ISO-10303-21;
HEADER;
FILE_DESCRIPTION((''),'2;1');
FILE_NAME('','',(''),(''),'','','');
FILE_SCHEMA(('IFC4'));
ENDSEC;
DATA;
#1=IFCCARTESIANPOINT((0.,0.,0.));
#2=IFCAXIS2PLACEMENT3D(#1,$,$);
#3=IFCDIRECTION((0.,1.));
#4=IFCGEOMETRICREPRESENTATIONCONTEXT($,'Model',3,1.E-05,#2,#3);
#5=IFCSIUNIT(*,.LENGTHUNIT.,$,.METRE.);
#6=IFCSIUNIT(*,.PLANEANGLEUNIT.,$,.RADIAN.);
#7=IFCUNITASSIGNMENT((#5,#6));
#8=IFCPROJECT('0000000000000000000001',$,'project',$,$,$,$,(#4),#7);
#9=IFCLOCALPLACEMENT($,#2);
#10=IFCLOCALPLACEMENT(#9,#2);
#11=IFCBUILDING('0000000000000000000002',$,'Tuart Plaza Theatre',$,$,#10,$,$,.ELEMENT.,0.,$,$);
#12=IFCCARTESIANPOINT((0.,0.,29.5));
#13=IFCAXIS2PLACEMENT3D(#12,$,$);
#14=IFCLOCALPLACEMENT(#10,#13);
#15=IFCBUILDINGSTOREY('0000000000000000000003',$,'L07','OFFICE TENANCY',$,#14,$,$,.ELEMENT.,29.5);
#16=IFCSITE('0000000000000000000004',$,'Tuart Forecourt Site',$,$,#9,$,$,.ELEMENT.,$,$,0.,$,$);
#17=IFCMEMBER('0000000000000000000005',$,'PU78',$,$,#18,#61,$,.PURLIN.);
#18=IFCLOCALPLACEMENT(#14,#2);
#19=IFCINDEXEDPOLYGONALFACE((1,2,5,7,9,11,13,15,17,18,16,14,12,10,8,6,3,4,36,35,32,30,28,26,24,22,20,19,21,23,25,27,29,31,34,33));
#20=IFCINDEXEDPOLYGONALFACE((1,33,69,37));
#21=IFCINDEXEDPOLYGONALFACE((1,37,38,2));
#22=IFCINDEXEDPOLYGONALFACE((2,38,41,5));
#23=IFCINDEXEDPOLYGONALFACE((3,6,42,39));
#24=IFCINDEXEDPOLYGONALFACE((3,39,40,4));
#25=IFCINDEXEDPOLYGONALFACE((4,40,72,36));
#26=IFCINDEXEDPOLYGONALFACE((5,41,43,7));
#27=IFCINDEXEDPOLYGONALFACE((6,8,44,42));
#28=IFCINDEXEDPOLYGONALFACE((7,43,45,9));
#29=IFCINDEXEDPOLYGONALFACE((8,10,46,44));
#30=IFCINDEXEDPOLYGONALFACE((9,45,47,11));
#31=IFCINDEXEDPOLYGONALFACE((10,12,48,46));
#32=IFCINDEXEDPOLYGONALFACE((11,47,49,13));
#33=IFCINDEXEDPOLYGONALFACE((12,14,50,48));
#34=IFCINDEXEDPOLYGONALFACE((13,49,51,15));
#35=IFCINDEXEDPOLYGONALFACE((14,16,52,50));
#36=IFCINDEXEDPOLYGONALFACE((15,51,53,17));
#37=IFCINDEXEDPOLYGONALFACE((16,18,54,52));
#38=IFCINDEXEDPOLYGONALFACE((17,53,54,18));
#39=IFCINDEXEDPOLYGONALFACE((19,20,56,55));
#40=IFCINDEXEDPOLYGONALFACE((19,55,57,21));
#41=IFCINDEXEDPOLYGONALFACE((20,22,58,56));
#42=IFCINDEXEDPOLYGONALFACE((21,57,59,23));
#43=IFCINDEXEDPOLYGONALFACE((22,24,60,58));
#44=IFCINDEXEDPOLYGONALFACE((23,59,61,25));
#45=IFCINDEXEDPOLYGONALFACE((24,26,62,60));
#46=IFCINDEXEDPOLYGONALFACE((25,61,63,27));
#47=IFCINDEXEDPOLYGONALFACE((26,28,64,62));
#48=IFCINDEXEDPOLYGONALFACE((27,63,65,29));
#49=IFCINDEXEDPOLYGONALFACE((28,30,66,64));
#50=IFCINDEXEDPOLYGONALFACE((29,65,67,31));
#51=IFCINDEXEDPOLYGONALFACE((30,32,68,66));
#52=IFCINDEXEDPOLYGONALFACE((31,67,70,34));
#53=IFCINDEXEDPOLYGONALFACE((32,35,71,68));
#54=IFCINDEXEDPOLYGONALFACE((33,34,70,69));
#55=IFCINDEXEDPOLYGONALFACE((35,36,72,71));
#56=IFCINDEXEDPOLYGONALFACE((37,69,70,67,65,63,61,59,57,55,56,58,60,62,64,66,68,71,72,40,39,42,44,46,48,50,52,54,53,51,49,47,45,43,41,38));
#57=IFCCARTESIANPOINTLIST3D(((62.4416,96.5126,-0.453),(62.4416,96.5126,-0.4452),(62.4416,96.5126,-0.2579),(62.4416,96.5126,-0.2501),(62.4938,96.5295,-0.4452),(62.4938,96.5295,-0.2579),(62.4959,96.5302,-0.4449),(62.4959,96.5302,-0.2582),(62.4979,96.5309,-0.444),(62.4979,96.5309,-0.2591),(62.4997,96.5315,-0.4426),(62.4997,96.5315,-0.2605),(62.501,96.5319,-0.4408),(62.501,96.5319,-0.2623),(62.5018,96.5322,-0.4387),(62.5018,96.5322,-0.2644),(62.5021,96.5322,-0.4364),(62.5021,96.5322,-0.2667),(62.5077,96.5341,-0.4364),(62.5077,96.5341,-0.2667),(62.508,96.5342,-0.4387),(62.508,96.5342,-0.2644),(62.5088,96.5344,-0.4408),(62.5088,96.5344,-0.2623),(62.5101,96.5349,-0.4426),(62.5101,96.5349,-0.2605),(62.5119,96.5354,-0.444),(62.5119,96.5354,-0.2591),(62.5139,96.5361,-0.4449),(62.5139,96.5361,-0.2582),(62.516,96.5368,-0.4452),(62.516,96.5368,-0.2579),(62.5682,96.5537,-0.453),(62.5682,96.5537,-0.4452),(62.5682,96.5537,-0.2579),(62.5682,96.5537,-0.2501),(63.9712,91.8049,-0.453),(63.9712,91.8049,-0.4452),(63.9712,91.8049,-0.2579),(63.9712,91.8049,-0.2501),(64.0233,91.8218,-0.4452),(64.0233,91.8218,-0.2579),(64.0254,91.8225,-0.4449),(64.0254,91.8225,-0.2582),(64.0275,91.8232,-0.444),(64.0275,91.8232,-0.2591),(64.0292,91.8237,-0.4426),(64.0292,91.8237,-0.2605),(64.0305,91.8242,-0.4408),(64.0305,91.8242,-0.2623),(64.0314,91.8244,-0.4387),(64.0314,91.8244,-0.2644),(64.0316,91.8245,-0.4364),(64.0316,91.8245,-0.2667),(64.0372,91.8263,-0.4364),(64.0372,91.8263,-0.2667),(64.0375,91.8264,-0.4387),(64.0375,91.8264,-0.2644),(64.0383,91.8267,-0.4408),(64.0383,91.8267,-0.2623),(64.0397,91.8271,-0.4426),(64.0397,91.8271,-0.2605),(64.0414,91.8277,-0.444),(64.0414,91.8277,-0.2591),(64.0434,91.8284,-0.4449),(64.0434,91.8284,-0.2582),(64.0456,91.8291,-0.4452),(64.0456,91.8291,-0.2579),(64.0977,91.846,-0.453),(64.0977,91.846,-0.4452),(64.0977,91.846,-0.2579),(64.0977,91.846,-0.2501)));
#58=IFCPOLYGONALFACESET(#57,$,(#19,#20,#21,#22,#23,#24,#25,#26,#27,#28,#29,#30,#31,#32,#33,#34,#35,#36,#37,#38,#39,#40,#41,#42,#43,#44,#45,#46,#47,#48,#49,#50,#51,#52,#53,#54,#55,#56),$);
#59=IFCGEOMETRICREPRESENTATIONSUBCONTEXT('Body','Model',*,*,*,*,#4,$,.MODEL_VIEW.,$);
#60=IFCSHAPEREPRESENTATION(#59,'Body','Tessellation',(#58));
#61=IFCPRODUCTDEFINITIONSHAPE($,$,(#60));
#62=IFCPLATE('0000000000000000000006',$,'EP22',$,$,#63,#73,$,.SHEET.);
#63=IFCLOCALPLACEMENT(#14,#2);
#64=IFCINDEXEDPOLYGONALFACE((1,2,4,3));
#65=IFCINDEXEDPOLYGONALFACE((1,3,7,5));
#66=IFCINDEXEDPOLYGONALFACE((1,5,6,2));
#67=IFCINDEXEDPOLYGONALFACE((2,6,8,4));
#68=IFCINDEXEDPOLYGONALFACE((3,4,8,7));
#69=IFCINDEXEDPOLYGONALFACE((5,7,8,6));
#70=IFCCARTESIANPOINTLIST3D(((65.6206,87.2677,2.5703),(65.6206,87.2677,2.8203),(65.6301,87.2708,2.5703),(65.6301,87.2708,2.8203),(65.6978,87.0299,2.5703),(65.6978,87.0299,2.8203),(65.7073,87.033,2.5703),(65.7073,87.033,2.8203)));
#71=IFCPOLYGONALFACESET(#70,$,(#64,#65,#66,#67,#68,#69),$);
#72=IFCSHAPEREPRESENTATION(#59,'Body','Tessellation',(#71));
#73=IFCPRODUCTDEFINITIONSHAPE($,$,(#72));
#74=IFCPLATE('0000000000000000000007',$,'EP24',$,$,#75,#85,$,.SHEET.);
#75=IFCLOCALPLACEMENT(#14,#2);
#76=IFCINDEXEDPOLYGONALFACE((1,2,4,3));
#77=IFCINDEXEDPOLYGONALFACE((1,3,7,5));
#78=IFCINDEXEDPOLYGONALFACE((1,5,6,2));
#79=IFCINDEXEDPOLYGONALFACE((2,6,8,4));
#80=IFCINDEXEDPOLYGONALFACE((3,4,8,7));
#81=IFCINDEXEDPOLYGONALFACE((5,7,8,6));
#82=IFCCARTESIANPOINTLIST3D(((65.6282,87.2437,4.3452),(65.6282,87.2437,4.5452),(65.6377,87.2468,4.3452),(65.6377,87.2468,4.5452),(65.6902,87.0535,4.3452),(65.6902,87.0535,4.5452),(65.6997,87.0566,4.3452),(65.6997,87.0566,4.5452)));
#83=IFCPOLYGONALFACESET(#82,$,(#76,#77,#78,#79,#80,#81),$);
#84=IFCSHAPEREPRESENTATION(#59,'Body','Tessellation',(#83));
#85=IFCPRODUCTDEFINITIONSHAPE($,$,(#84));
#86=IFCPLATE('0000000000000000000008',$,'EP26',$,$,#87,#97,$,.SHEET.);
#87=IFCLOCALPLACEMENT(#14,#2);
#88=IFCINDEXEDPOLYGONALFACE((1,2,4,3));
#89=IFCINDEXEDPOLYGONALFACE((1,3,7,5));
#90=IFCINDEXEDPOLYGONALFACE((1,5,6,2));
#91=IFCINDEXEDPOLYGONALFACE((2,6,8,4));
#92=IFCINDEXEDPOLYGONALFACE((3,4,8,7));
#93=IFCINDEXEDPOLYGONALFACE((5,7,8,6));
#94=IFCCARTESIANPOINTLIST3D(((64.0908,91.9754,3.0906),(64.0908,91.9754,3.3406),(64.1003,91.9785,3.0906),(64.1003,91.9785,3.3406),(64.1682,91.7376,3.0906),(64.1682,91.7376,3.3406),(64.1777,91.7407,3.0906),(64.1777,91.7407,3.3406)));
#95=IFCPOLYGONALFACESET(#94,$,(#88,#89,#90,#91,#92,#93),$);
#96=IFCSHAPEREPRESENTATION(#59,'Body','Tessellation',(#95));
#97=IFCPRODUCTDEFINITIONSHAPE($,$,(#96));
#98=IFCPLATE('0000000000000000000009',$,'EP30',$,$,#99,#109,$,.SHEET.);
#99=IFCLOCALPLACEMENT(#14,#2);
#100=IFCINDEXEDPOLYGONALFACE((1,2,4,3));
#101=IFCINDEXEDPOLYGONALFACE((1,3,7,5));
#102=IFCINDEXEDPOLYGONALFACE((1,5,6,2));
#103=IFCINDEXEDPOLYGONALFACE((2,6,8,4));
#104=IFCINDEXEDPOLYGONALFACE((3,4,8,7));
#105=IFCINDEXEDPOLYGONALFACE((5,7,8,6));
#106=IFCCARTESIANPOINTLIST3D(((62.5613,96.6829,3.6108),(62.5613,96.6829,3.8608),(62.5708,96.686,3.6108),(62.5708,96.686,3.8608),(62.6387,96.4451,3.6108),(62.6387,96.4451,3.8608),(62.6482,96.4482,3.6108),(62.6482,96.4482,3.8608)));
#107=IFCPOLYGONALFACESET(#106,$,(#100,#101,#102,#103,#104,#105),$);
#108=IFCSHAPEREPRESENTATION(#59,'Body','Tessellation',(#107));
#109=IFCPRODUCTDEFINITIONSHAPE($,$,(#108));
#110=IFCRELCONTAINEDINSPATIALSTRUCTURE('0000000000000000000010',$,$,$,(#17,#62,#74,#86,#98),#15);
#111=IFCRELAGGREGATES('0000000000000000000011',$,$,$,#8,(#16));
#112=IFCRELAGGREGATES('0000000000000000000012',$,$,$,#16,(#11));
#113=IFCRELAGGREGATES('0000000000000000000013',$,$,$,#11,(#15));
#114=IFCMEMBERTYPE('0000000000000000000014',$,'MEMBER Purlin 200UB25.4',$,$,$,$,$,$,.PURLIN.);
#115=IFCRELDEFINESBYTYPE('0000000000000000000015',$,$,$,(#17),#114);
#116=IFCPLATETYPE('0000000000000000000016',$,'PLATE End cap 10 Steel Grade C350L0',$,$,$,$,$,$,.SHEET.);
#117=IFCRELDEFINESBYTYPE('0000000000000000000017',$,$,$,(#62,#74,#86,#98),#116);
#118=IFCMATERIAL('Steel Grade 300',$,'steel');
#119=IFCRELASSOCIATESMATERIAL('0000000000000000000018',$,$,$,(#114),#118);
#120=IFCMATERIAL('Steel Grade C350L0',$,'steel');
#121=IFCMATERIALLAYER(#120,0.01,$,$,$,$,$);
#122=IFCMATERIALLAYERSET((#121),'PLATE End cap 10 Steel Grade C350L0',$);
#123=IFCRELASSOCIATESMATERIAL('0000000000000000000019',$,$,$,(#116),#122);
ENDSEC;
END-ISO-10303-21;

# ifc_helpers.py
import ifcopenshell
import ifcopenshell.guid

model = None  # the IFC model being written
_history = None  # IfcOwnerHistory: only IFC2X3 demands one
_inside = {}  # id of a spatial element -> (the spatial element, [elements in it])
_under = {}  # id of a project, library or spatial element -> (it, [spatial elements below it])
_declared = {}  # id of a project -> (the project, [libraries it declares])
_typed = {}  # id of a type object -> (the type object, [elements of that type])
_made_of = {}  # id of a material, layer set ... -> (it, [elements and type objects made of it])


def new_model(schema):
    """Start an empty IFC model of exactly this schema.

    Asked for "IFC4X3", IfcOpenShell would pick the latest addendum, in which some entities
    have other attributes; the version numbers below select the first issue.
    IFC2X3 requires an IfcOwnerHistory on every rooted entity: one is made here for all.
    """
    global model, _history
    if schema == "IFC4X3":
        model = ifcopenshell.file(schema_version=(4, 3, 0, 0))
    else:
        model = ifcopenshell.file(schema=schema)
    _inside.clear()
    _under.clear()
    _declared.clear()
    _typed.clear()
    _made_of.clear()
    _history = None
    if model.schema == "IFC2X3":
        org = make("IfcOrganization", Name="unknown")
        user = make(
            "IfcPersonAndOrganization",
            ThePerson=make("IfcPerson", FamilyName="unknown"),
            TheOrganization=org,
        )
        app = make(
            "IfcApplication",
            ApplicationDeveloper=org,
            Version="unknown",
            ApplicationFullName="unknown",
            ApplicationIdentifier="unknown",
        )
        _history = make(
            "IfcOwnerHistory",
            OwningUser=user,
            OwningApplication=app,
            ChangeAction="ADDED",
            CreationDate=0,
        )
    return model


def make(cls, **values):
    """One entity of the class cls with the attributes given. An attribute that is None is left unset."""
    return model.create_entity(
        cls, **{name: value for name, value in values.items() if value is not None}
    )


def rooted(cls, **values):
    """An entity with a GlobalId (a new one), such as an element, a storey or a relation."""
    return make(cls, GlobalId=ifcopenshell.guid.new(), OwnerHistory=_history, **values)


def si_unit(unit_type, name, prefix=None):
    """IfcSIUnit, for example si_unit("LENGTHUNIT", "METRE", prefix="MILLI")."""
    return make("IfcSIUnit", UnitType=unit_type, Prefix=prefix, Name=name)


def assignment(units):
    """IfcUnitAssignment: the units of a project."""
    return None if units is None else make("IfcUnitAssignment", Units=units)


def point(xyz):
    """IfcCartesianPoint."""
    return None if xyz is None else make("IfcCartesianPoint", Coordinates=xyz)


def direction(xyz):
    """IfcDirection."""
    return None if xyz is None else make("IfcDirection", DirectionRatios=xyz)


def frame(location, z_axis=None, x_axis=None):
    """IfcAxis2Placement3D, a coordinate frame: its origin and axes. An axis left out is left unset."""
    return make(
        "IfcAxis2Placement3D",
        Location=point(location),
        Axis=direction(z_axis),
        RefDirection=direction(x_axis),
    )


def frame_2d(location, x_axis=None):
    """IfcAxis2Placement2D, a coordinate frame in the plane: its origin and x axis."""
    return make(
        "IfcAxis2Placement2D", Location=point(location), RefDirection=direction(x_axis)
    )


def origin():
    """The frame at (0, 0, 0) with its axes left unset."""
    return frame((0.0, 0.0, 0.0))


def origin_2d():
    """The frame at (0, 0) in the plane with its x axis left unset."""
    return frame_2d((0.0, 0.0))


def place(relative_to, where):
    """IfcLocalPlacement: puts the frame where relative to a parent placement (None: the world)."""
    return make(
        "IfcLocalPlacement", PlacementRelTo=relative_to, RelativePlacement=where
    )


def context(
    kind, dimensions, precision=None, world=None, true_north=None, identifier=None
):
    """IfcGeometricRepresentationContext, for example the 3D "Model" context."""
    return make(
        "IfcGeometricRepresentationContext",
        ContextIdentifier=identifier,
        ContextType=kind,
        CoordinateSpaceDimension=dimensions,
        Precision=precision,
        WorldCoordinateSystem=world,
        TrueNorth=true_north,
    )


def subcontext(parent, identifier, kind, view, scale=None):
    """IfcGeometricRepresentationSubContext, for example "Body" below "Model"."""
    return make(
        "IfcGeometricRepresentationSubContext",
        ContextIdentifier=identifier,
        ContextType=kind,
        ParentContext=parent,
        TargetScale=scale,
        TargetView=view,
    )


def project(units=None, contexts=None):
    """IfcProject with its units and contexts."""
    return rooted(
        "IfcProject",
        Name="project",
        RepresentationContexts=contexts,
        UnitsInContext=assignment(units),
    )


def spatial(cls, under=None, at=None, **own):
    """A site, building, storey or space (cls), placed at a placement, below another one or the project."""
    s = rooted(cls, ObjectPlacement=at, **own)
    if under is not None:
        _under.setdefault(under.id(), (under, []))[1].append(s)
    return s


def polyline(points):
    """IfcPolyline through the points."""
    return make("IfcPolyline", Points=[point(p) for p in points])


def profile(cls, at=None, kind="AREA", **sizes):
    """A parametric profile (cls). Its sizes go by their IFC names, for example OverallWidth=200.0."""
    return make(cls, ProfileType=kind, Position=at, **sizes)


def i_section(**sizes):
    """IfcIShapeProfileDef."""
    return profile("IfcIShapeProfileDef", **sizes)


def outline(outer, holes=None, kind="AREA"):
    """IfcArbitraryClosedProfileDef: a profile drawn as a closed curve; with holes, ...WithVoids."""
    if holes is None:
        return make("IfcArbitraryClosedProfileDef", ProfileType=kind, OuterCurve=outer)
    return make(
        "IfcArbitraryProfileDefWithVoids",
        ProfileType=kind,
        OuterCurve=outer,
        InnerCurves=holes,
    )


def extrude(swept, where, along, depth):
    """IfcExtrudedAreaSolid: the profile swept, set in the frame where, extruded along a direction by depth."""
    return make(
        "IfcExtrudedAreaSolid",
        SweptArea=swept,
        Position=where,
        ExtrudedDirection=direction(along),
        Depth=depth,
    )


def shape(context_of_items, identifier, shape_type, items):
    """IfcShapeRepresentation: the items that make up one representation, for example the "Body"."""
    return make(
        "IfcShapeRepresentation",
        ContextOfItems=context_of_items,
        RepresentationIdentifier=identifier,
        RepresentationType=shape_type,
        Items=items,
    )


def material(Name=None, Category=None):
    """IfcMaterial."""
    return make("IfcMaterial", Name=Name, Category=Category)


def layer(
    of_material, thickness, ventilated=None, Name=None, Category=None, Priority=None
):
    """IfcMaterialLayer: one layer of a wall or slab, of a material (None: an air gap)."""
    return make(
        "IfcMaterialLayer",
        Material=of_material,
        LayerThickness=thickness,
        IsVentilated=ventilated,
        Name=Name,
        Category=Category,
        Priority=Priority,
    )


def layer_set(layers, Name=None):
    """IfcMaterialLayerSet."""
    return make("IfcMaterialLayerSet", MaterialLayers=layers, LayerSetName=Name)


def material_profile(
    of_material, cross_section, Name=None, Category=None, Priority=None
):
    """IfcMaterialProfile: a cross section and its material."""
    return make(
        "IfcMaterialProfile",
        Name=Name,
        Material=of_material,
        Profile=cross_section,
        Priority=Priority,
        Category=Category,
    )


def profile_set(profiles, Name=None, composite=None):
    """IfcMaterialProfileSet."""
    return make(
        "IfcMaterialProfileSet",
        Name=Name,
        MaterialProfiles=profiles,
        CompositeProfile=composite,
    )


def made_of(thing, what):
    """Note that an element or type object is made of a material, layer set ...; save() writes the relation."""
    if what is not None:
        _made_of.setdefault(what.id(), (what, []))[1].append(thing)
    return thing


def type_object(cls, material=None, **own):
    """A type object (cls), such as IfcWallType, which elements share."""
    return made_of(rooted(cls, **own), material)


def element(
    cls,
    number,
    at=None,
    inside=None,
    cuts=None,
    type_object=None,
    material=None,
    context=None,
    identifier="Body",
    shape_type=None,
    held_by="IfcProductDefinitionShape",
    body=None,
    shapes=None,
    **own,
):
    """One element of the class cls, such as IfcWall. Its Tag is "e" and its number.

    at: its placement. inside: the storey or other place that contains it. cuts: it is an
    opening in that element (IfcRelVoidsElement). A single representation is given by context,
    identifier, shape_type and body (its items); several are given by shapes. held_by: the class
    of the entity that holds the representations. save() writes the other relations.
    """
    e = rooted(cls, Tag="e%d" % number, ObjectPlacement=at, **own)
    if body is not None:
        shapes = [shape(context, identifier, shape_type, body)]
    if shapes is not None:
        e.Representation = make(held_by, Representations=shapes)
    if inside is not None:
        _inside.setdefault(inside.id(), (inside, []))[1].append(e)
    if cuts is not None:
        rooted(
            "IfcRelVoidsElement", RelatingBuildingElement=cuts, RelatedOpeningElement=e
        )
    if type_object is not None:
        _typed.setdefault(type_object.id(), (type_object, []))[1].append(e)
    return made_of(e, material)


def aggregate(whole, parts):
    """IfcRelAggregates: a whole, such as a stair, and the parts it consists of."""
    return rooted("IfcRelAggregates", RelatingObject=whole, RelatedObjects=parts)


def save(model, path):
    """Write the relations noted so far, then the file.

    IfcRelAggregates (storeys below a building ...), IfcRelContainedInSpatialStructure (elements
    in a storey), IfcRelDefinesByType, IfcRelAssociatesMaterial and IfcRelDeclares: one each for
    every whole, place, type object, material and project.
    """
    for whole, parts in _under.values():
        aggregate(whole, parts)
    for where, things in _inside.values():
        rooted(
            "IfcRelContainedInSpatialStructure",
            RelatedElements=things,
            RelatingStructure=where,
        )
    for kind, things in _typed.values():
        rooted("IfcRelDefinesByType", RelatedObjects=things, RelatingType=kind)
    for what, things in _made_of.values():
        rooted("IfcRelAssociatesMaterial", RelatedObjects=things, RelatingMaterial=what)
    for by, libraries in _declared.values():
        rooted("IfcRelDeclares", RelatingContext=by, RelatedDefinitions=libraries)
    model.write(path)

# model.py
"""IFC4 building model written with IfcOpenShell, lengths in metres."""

from ifc_helpers import new_model, si_unit, direction, frame, origin, origin_2d, place, context, subcontext, project, spatial, polyline, i_section, outline, extrude, material, layer, layer_set, material_profile, profile_set, type_object, element, save


model = new_model("IFC4")

# Units and contexts
model_context = context("Model", 3, precision=1e-05, world=origin(), true_north=direction((0.0, 1.0)))
body_context = subcontext(model_context, "Body", "Model", "MODEL_VIEW")
ifc_project = project(units=[si_unit("LENGTHUNIT", "METRE"), si_unit("PLANEANGLEUNIT", "RADIAN")], contexts=[model_context])

# Site, building, storey
site_placement = place(None, origin())
site = spatial("IfcSite", under=ifc_project, at=site_placement, Name="Tuart Forecourt Site", CompositionType="ELEMENT", RefElevation=0.0)
building_placement = place(site_placement, origin())
building = spatial("IfcBuilding", under=site, at=building_placement, Name="Tuart Plaza Theatre", CompositionType="ELEMENT", ElevationOfRefHeight=0.0)
storey_placement = place(building_placement, frame((0.0, 0.0, 29.5)))
storey = spatial("IfcBuildingStorey", under=building, at=storey_placement, Name="L07", Description="OFFICE TENANCY", CompositionType="ELEMENT", Elevation=29.5)

# Member
ifc_material_1 = material(Name="Steel Grade 300", Category="steel")
ifc_material_profile_1 = material_profile(ifc_material_1, i_section(OverallWidth=0.1331, OverallDepth=0.2029, WebThickness=0.0059, FlangeThickness=0.0078, FilletRadius=0.0088, at=origin_2d()), Name="200UB25.4")
ifc_profile_set_1 = profile_set([ifc_material_profile_1], Name="Steel Grade 300")
member_type_1 = type_object("IfcMemberType", Name="MEMBER Purlin 200UB25.4", PredefinedType="PURLIN", material=ifc_profile_set_1)
member_1_placement = place(storey_placement, frame((64.0344, 91.8254, -0.3516), z_axis=(-0.308998, 0.951063, 0.0), x_axis=(-0.951063, -0.308998, 0.0)))
element("IfcMember", 1, at=member_1_placement, inside=storey, type_object=member_type_1, Name="PU78", PredefinedType="PURLIN", context=body_context, shape_type="SweptSolid", body=[
    extrude(i_section(OverallWidth=0.1331, OverallDepth=0.2029, WebThickness=0.0059, FlangeThickness=0.0078, FilletRadius=0.0088, at=origin_2d()), origin(), (0.0, 0.0, 1.0), 4.95),
])

# Plates
ifc_material_2 = material(Name="Steel Grade C350L0", Category="steel")
ifc_layer = layer(ifc_material_2, 0.01)
ifc_layer_set = layer_set([ifc_layer], Name="PLATE End cap 10 Steel Grade C350L0")
plate_type = type_object("IfcPlateType", Name="PLATE End cap 10 Steel Grade C350L0", PredefinedType="SHEET", material=ifc_layer_set)
plate_1_placement = place(storey_placement, frame((65.7073, 87.033, 2.5703), z_axis=(0.951192, 0.3086, 0.0), x_axis=(-0.3086, 0.951192, 0.0)))
element("IfcPlate", 2, at=plate_1_placement, inside=storey, type_object=plate_type, Name="EP22", PredefinedType="SHEET", context=body_context, shape_type="SweptSolid", body=[
    extrude(outline(polyline([(0.0, 0.0), (0.25, 0.0), (0.25, 0.25), (0.0, 0.25), (0.0, 0.0)])), origin(), (0.0, 0.0, -1.0), 0.01),
])
plate_2_placement = place(storey_placement, frame((65.6997, 87.0566, 4.3452), z_axis=(0.950738, 0.309997, 0.0), x_axis=(-0.309997, 0.950738, 0.0)))
element("IfcPlate", 3, at=plate_2_placement, inside=storey, type_object=plate_type, Name="EP24", PredefinedType="SHEET", context=body_context, shape_type="SweptSolid", body=[
    extrude(outline(polyline([(0.0, 0.0), (0.2, 0.0), (0.2, 0.2), (0.0, 0.2), (0.0, 0.0)])), origin(), (0.0, 0.0, -1.0), 0.01),
])
for number, where, z_axis, x_axis, name in (
    (4, (64.1777, 91.7407, 3.0906), (0.950905, 0.309483, 0.0), (-0.309483, 0.950905, 0.0), "EP26"),
    (5, (62.6482, 96.4482, 3.6108), (0.950905, 0.309483, 0.0), (-0.309483, 0.950905, 0.0), "EP30"),
):
    element("IfcPlate", number, at=place(storey_placement, frame(where, z_axis=z_axis, x_axis=x_axis)), inside=storey, type_object=plate_type, Name=name, PredefinedType="SHEET", context=body_context, shape_type="SweptSolid", body=[
        extrude(outline(polyline([(0.0, 0.0), (0.2501, 0.0), (0.2501, 0.25), (0.0, 0.25), (0.0, 0.0)])), origin(), (0.0, 0.0, -1.0), 0.01),
    ])

save(model, "model.ifc")
